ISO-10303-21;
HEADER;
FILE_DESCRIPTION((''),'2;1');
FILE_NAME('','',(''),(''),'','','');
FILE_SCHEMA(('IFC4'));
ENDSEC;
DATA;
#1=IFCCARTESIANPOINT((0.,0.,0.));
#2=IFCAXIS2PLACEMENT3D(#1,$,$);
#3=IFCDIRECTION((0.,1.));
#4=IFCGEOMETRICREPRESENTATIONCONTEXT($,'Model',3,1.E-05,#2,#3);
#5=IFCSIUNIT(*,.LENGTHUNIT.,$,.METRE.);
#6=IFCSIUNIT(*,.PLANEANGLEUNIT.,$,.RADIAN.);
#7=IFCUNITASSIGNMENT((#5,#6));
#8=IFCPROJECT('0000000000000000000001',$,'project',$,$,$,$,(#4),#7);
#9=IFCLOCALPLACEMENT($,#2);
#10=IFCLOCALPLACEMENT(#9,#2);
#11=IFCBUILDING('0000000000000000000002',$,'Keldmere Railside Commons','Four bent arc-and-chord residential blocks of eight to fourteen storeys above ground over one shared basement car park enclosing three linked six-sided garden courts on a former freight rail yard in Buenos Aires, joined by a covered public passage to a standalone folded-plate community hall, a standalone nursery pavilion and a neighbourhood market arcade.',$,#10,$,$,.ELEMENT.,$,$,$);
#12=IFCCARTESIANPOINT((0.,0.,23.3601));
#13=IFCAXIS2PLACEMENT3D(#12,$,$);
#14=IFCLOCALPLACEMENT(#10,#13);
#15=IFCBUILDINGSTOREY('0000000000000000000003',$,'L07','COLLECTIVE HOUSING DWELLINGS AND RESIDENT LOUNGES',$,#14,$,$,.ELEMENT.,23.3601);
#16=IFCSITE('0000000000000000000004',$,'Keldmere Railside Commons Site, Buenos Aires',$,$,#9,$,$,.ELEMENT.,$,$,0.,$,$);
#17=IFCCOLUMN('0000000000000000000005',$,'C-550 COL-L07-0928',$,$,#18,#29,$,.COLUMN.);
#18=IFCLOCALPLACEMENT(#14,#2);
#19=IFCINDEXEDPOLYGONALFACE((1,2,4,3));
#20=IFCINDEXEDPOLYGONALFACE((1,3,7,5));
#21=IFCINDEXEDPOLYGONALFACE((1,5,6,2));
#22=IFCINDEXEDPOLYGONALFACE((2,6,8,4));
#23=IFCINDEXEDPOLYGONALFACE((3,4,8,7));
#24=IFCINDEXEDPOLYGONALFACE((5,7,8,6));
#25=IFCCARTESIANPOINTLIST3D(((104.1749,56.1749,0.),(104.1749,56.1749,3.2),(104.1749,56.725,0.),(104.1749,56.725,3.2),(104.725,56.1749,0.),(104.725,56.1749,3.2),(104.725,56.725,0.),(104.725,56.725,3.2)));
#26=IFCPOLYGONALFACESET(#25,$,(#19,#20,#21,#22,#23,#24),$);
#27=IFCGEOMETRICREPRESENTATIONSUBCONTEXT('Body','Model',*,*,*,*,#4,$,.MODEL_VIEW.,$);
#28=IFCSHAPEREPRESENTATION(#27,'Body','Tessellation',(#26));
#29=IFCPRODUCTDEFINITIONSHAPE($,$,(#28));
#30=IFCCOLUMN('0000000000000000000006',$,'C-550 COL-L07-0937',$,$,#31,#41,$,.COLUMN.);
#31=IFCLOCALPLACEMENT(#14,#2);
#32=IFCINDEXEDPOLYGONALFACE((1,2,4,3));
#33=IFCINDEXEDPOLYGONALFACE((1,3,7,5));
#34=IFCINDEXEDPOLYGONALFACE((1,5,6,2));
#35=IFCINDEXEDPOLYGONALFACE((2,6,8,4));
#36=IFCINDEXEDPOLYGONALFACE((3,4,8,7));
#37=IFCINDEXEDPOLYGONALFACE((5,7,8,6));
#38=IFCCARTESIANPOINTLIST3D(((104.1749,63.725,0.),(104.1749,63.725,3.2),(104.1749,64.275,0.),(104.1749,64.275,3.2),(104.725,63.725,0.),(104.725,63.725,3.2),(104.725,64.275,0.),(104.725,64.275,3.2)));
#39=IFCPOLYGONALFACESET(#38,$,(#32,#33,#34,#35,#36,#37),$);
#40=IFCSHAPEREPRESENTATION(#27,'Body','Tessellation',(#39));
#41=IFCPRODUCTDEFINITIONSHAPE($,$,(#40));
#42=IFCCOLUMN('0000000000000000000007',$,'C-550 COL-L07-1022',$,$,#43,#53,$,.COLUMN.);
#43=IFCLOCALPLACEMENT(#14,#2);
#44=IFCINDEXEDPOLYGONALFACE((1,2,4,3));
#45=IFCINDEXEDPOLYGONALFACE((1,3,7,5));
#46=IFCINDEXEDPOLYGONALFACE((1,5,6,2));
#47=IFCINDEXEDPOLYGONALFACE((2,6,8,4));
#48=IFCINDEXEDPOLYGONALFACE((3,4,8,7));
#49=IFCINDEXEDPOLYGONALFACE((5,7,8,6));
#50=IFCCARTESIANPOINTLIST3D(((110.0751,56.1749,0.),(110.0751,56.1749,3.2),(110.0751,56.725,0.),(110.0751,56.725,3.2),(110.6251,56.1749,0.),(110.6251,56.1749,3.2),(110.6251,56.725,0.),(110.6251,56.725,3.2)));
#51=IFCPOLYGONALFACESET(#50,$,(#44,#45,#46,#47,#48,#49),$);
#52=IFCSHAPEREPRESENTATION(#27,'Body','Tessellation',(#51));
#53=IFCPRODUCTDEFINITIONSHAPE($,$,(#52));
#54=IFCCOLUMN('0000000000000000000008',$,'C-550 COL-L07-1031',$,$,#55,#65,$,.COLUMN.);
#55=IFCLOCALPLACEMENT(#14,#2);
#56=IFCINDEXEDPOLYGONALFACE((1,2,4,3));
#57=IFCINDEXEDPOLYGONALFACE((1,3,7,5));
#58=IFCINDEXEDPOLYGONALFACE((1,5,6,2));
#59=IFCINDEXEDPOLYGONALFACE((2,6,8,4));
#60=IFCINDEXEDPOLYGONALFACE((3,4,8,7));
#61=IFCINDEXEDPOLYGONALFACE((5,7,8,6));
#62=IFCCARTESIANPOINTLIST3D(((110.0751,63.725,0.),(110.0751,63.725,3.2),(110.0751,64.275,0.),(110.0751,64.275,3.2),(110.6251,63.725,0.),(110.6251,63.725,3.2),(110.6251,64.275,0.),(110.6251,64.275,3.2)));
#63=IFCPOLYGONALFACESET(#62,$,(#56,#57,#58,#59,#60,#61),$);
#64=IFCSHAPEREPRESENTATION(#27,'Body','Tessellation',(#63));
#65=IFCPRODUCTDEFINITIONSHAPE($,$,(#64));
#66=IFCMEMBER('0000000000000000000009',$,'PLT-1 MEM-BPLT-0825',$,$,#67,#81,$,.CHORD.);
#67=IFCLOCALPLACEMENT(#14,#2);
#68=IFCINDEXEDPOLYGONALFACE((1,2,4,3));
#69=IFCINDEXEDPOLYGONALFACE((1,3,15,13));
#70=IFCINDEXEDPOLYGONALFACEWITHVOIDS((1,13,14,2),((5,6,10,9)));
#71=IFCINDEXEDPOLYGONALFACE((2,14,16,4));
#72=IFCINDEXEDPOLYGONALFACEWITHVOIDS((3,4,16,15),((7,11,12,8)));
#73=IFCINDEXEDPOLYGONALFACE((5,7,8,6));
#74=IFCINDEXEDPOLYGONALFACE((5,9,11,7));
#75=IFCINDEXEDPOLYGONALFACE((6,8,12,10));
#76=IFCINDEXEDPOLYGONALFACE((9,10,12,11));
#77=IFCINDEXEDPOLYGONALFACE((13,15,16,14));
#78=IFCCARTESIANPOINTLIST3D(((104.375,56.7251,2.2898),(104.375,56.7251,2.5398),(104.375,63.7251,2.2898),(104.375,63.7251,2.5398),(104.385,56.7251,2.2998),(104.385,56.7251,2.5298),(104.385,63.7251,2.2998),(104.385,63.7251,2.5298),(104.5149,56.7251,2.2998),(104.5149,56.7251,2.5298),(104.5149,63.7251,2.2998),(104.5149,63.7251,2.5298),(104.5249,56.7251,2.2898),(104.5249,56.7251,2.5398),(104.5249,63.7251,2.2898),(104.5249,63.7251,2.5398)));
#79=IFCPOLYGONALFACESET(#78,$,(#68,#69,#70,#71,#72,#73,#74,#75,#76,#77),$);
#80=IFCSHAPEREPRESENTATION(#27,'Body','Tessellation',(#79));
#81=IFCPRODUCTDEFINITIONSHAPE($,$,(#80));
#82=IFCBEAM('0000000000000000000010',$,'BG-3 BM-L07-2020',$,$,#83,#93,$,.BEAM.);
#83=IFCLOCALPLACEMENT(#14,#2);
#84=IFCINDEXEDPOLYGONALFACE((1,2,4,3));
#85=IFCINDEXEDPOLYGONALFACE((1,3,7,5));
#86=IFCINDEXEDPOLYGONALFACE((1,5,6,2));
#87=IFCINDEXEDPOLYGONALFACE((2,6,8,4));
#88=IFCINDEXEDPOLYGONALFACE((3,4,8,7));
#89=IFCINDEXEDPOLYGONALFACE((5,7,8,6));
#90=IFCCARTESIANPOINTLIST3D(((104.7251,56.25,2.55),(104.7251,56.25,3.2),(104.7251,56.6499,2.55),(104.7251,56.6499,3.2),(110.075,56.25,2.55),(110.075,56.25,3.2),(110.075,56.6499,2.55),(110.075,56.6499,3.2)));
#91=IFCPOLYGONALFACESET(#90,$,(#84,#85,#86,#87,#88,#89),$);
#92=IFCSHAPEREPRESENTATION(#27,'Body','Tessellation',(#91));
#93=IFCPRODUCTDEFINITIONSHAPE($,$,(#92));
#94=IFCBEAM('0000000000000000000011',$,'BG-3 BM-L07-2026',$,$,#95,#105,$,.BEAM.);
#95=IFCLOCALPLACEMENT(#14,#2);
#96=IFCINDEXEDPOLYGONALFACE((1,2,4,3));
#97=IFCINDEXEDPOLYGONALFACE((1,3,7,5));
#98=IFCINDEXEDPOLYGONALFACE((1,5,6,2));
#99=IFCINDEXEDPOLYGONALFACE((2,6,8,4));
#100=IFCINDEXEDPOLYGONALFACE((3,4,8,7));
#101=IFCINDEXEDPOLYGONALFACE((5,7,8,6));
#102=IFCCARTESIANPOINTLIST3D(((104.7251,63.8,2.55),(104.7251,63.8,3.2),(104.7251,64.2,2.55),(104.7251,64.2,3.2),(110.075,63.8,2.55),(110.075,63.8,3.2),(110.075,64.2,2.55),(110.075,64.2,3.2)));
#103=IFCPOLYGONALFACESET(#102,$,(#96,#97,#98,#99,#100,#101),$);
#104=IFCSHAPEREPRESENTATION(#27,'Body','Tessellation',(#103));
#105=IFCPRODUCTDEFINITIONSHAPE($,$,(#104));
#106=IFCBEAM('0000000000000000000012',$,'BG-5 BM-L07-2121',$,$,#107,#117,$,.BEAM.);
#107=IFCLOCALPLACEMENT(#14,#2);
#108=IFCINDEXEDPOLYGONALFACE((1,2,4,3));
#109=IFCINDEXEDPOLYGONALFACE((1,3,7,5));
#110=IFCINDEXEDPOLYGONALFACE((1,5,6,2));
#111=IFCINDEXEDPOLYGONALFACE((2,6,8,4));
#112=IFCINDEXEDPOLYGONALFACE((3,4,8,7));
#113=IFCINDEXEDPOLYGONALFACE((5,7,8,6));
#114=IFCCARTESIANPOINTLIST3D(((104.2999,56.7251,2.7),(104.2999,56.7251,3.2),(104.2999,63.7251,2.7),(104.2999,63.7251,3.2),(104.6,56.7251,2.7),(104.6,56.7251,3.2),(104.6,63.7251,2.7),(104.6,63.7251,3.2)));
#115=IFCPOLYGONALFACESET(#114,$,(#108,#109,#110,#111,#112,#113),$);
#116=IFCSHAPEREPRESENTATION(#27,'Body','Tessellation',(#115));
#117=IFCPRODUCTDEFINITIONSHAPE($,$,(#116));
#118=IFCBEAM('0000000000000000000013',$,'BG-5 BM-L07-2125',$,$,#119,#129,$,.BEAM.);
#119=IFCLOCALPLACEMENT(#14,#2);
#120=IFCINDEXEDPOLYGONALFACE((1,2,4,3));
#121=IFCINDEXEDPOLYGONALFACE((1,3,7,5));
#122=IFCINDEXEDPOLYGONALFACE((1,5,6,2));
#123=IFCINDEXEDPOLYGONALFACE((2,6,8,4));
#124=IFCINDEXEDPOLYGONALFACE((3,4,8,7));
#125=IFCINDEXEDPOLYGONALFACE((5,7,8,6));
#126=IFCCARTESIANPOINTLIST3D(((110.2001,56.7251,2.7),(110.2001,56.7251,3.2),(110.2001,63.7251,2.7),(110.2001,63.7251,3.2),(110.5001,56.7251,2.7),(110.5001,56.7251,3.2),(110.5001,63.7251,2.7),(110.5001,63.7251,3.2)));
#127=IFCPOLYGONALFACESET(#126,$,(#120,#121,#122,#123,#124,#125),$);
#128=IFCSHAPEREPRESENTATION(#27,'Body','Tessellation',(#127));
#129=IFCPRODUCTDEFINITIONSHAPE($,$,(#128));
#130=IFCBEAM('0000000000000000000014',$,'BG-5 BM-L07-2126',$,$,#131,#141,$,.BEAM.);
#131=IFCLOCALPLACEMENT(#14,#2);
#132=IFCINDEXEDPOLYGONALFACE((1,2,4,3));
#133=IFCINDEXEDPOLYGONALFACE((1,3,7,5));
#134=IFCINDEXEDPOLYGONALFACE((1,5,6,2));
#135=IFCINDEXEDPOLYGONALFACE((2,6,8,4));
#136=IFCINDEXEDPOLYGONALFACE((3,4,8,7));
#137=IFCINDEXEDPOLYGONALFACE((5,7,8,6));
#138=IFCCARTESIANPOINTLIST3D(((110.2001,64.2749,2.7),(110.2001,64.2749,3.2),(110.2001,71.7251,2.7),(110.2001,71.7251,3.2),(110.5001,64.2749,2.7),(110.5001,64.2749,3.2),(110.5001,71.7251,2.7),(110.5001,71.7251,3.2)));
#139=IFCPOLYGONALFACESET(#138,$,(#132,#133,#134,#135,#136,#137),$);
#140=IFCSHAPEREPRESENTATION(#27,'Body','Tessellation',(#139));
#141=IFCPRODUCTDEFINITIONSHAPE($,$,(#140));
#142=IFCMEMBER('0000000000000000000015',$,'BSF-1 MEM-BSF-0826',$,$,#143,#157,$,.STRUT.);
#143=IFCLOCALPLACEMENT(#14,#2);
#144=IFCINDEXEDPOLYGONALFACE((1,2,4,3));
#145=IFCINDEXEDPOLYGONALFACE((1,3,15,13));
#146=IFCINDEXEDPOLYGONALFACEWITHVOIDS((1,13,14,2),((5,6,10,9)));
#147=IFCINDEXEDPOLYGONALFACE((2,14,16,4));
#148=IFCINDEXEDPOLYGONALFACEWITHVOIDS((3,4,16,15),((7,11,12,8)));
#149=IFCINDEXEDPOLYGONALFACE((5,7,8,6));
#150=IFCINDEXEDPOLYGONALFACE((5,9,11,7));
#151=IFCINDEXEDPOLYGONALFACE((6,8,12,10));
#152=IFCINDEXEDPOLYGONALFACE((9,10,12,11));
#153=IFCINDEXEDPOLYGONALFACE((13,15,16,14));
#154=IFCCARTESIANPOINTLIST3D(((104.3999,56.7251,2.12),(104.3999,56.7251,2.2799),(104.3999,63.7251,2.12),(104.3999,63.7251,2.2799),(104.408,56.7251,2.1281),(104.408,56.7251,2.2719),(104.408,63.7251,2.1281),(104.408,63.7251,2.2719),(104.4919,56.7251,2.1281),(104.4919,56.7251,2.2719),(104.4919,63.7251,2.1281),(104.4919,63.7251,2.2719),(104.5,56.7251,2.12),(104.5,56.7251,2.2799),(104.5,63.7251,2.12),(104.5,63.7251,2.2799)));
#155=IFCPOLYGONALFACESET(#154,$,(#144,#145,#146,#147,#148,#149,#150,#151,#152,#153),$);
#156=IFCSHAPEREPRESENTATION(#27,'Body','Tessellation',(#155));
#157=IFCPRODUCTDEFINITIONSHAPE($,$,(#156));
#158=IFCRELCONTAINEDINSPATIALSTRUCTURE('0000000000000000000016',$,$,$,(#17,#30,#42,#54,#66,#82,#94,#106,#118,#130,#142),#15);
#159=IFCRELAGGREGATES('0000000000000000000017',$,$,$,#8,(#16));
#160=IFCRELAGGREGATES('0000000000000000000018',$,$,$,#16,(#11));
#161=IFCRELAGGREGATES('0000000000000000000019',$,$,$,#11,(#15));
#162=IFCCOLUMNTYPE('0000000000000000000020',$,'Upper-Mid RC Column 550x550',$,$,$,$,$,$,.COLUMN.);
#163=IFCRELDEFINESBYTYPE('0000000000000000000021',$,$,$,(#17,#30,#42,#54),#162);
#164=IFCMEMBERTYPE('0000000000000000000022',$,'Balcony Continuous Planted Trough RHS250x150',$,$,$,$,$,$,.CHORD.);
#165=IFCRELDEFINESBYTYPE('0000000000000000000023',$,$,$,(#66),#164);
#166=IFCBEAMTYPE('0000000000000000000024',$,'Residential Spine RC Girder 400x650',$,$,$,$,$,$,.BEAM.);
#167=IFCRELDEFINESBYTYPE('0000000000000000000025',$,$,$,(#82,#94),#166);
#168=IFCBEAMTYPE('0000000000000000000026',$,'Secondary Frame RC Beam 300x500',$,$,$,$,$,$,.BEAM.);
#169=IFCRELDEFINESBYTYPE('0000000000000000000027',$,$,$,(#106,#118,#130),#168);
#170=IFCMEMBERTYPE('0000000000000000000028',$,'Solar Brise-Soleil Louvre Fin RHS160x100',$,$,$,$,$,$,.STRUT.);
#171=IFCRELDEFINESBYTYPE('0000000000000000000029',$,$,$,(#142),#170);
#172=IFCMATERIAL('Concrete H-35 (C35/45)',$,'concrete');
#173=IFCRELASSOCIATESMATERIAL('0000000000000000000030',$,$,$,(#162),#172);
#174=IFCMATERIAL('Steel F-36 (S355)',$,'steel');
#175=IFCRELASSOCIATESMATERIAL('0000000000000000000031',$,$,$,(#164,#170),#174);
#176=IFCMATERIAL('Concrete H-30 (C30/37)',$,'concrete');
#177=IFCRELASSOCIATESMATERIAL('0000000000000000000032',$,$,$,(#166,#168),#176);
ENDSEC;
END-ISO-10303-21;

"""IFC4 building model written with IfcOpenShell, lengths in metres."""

from ifc_helpers import new_model, si_unit, direction, frame, origin, origin_2d, place, context, subcontext, project, spatial, rectangle, hollow_rectangle, extrude, material, material_profile, profile_set, type_object, element, save


model = new_model("IFC4")

# Units and contexts
model_context = context("Model", 3, precision=1e-05, world=origin(), true_north=direction((0.0, 1.0)))
body_context = subcontext(model_context, "Body", "Model", "MODEL_VIEW")
ifc_project = project(units=[si_unit("LENGTHUNIT", "METRE"), si_unit("PLANEANGLEUNIT", "RADIAN")], contexts=[model_context])

# Site, building, storey
site_placement = place(None, origin())
site = spatial("IfcSite", under=ifc_project, at=site_placement, Name="Keldmere Railside Commons Site, Buenos Aires", CompositionType="ELEMENT", RefElevation=0.0)
building_placement = place(site_placement, origin())
building = spatial("IfcBuilding", under=site, at=building_placement, Name="Keldmere Railside Commons", Description="Four bent arc-and-chord residential blocks of eight to fourteen storeys above ground over one shared basement car park enclosing three linked six-sided garden courts on a former freight rail yard in Buenos Aires, joined by a covered public passage to a standalone folded-plate community hall, a standalone nursery pavilion and a neighbourhood market arcade.", CompositionType="ELEMENT")
storey_placement = place(building_placement, frame((0.0, 0.0, 23.3601)))
storey = spatial("IfcBuildingStorey", under=building, at=storey_placement, Name="L07", Description="COLLECTIVE HOUSING DWELLINGS AND RESIDENT LOUNGES", CompositionType="ELEMENT", Elevation=23.3601)

# Columns
ifc_material_1 = material(Name="Concrete H-35 (C35/45)", Category="concrete")
ifc_material_profile_1 = material_profile(ifc_material_1, rectangle(XDim=0.55, YDim=0.55, at=origin_2d()), Name="RC-550x550")
ifc_profile_set_1 = profile_set([ifc_material_profile_1], Name="Concrete H-35 (C35/45)")
column_type = type_object("IfcColumnType", Name="Upper-Mid RC Column 550x550", PredefinedType="COLUMN", material=ifc_profile_set_1)
for number, where, z_axis, x_axis, name in (
    (1, (104.45, 56.45, 0.0), (0.0, 0.0, 1.0), (1.0, 0.0, 0.0), "C-550 COL-L07-0928"),
    (2, (104.45, 64.0, 0.0), (0.0, 0.0, 1.0), (1.0, 0.0, 0.0), "C-550 COL-L07-0937"),
    (3, (110.3501, 56.45, 0.0), (0.0, 0.0, 1.0), (1.0, 0.0, 0.0), "C-550 COL-L07-1022"),
    (4, (110.3501, 64.0, 0.0), (0.0, 0.0, 1.0), (1.0, 0.0, 0.0), "C-550 COL-L07-1031"),
):
    element("IfcColumn", number, at=place(storey_placement, frame(where, z_axis=z_axis, x_axis=x_axis)), inside=storey, type_object=column_type, Name=name, PredefinedType="COLUMN", context=body_context, shape_type="SweptSolid", body=[
        extrude(rectangle(XDim=0.55, YDim=0.55, at=origin_2d()), origin(), (0.0, 0.0, 1.0), 3.2),
    ])

# Member
ifc_material_2 = material(Name="Steel F-36 (S355)", Category="steel")
ifc_material_profile_2 = material_profile(ifc_material_2, hollow_rectangle(XDim=0.1499, YDim=0.25, WallThickness=0.01, at=origin_2d()), Name="RHS-250x150x10")
ifc_profile_set_2 = profile_set([ifc_material_profile_2], Name="Steel F-36 (S355)")
member_type_1 = type_object("IfcMemberType", Name="Balcony Continuous Planted Trough RHS250x150", PredefinedType="CHORD", material=ifc_profile_set_2)
member_1_placement = place(storey_placement, frame((104.45, 56.7251, 2.4148), z_axis=(0.0, 1.0, 0.0), x_axis=(-1.0, 0.0, 0.0)))
element("IfcMember", 5, at=member_1_placement, inside=storey, type_object=member_type_1, Name="PLT-1 MEM-BPLT-0825", PredefinedType="CHORD", context=body_context, shape_type="SweptSolid", body=[
    extrude(hollow_rectangle(XDim=0.1499, YDim=0.25, WallThickness=0.01, at=origin_2d()), origin(), (0.0, 0.0, 1.0), 7.0),
])

# Beams
ifc_material_3 = material(Name="Concrete H-30 (C30/37)", Category="concrete")
ifc_material_profile_3 = material_profile(ifc_material_3, rectangle(XDim=0.3999, YDim=0.6499, at=origin_2d()), Name="RC-400x650")
ifc_profile_set_3 = profile_set([ifc_material_profile_3], Name="Concrete H-30 (C30/37)")
beam_type_1 = type_object("IfcBeamType", Name="Residential Spine RC Girder 400x650", PredefinedType="BEAM", material=ifc_profile_set_3)
for number, where, z_axis, x_axis, name in (
    (6, (104.7251, 56.45, 2.875), (1.0, 0.0, 0.0), (0.0, 1.0, 0.0), "BG-3 BM-L07-2020"),
    (7, (104.7251, 64.0, 2.875), (1.0, 0.0, 0.0), (0.0, 1.0, 0.0), "BG-3 BM-L07-2026"),
):
    element("IfcBeam", number, at=place(storey_placement, frame(where, z_axis=z_axis, x_axis=x_axis)), inside=storey, type_object=beam_type_1, Name=name, PredefinedType="BEAM", context=body_context, shape_type="SweptSolid", body=[
        extrude(rectangle(XDim=0.3999, YDim=0.6499, at=origin_2d()), origin(), (0.0, 0.0, 1.0), 5.3499),
    ])
ifc_material_profile_4 = material_profile(ifc_material_3, rectangle(XDim=0.3, YDim=0.5, at=origin_2d()), Name="RC-300x500")
ifc_profile_set_4 = profile_set([ifc_material_profile_4], Name="Concrete H-30 (C30/37)")
beam_type_2 = type_object("IfcBeamType", Name="Secondary Frame RC Beam 300x500", PredefinedType="BEAM", material=ifc_profile_set_4)
for number, where, z_axis, x_axis, name in (
    (8, (104.45, 56.7251, 2.95), (0.0, 1.0, 0.0), (-1.0, 0.0, 0.0), "BG-5 BM-L07-2121"),
    (9, (110.3501, 56.7251, 2.95), (0.0, 1.0, 0.0), (-1.0, 0.0, 0.0), "BG-5 BM-L07-2125"),
):
    element("IfcBeam", number, at=place(storey_placement, frame(where, z_axis=z_axis, x_axis=x_axis)), inside=storey, type_object=beam_type_2, Name=name, PredefinedType="BEAM", context=body_context, shape_type="SweptSolid", body=[
        extrude(rectangle(XDim=0.3, YDim=0.5, at=origin_2d()), origin(), (0.0, 0.0, 1.0), 7.0),
    ])
beam_placement = place(storey_placement, frame((110.3501, 64.2749, 2.95), z_axis=(0.0, 1.0, 0.0), x_axis=(-1.0, 0.0, 0.0)))
element("IfcBeam", 10, at=beam_placement, inside=storey, type_object=beam_type_2, Name="BG-5 BM-L07-2126", PredefinedType="BEAM", context=body_context, shape_type="SweptSolid", body=[
    extrude(rectangle(XDim=0.3, YDim=0.5, at=origin_2d()), origin(), (0.0, 0.0, 1.0), 7.4502),
])

# Member
ifc_material_profile_5 = material_profile(ifc_material_2, hollow_rectangle(XDim=0.1001, YDim=0.1599, WallThickness=0.0081, at=origin_2d()), Name="RHS-160x100x8")
ifc_profile_set_5 = profile_set([ifc_material_profile_5], Name="Steel F-36 (S355)")
member_type_2 = type_object("IfcMemberType", Name="Solar Brise-Soleil Louvre Fin RHS160x100", PredefinedType="STRUT", material=ifc_profile_set_5)
member_2_placement = place(storey_placement, frame((104.45, 56.7251, 2.2), z_axis=(0.0, 1.0, 0.0), x_axis=(-1.0, 0.0, 0.0)))
element("IfcMember", 11, at=member_2_placement, inside=storey, type_object=member_type_2, Name="BSF-1 MEM-BSF-0826", PredefinedType="STRUT", context=body_context, shape_type="SweptSolid", body=[
    extrude(hollow_rectangle(XDim=0.1001, YDim=0.1599, WallThickness=0.0081, at=origin_2d()), origin(), (0.0, 0.0, 1.0), 7.0),
])

save(model, "model.ifc")
